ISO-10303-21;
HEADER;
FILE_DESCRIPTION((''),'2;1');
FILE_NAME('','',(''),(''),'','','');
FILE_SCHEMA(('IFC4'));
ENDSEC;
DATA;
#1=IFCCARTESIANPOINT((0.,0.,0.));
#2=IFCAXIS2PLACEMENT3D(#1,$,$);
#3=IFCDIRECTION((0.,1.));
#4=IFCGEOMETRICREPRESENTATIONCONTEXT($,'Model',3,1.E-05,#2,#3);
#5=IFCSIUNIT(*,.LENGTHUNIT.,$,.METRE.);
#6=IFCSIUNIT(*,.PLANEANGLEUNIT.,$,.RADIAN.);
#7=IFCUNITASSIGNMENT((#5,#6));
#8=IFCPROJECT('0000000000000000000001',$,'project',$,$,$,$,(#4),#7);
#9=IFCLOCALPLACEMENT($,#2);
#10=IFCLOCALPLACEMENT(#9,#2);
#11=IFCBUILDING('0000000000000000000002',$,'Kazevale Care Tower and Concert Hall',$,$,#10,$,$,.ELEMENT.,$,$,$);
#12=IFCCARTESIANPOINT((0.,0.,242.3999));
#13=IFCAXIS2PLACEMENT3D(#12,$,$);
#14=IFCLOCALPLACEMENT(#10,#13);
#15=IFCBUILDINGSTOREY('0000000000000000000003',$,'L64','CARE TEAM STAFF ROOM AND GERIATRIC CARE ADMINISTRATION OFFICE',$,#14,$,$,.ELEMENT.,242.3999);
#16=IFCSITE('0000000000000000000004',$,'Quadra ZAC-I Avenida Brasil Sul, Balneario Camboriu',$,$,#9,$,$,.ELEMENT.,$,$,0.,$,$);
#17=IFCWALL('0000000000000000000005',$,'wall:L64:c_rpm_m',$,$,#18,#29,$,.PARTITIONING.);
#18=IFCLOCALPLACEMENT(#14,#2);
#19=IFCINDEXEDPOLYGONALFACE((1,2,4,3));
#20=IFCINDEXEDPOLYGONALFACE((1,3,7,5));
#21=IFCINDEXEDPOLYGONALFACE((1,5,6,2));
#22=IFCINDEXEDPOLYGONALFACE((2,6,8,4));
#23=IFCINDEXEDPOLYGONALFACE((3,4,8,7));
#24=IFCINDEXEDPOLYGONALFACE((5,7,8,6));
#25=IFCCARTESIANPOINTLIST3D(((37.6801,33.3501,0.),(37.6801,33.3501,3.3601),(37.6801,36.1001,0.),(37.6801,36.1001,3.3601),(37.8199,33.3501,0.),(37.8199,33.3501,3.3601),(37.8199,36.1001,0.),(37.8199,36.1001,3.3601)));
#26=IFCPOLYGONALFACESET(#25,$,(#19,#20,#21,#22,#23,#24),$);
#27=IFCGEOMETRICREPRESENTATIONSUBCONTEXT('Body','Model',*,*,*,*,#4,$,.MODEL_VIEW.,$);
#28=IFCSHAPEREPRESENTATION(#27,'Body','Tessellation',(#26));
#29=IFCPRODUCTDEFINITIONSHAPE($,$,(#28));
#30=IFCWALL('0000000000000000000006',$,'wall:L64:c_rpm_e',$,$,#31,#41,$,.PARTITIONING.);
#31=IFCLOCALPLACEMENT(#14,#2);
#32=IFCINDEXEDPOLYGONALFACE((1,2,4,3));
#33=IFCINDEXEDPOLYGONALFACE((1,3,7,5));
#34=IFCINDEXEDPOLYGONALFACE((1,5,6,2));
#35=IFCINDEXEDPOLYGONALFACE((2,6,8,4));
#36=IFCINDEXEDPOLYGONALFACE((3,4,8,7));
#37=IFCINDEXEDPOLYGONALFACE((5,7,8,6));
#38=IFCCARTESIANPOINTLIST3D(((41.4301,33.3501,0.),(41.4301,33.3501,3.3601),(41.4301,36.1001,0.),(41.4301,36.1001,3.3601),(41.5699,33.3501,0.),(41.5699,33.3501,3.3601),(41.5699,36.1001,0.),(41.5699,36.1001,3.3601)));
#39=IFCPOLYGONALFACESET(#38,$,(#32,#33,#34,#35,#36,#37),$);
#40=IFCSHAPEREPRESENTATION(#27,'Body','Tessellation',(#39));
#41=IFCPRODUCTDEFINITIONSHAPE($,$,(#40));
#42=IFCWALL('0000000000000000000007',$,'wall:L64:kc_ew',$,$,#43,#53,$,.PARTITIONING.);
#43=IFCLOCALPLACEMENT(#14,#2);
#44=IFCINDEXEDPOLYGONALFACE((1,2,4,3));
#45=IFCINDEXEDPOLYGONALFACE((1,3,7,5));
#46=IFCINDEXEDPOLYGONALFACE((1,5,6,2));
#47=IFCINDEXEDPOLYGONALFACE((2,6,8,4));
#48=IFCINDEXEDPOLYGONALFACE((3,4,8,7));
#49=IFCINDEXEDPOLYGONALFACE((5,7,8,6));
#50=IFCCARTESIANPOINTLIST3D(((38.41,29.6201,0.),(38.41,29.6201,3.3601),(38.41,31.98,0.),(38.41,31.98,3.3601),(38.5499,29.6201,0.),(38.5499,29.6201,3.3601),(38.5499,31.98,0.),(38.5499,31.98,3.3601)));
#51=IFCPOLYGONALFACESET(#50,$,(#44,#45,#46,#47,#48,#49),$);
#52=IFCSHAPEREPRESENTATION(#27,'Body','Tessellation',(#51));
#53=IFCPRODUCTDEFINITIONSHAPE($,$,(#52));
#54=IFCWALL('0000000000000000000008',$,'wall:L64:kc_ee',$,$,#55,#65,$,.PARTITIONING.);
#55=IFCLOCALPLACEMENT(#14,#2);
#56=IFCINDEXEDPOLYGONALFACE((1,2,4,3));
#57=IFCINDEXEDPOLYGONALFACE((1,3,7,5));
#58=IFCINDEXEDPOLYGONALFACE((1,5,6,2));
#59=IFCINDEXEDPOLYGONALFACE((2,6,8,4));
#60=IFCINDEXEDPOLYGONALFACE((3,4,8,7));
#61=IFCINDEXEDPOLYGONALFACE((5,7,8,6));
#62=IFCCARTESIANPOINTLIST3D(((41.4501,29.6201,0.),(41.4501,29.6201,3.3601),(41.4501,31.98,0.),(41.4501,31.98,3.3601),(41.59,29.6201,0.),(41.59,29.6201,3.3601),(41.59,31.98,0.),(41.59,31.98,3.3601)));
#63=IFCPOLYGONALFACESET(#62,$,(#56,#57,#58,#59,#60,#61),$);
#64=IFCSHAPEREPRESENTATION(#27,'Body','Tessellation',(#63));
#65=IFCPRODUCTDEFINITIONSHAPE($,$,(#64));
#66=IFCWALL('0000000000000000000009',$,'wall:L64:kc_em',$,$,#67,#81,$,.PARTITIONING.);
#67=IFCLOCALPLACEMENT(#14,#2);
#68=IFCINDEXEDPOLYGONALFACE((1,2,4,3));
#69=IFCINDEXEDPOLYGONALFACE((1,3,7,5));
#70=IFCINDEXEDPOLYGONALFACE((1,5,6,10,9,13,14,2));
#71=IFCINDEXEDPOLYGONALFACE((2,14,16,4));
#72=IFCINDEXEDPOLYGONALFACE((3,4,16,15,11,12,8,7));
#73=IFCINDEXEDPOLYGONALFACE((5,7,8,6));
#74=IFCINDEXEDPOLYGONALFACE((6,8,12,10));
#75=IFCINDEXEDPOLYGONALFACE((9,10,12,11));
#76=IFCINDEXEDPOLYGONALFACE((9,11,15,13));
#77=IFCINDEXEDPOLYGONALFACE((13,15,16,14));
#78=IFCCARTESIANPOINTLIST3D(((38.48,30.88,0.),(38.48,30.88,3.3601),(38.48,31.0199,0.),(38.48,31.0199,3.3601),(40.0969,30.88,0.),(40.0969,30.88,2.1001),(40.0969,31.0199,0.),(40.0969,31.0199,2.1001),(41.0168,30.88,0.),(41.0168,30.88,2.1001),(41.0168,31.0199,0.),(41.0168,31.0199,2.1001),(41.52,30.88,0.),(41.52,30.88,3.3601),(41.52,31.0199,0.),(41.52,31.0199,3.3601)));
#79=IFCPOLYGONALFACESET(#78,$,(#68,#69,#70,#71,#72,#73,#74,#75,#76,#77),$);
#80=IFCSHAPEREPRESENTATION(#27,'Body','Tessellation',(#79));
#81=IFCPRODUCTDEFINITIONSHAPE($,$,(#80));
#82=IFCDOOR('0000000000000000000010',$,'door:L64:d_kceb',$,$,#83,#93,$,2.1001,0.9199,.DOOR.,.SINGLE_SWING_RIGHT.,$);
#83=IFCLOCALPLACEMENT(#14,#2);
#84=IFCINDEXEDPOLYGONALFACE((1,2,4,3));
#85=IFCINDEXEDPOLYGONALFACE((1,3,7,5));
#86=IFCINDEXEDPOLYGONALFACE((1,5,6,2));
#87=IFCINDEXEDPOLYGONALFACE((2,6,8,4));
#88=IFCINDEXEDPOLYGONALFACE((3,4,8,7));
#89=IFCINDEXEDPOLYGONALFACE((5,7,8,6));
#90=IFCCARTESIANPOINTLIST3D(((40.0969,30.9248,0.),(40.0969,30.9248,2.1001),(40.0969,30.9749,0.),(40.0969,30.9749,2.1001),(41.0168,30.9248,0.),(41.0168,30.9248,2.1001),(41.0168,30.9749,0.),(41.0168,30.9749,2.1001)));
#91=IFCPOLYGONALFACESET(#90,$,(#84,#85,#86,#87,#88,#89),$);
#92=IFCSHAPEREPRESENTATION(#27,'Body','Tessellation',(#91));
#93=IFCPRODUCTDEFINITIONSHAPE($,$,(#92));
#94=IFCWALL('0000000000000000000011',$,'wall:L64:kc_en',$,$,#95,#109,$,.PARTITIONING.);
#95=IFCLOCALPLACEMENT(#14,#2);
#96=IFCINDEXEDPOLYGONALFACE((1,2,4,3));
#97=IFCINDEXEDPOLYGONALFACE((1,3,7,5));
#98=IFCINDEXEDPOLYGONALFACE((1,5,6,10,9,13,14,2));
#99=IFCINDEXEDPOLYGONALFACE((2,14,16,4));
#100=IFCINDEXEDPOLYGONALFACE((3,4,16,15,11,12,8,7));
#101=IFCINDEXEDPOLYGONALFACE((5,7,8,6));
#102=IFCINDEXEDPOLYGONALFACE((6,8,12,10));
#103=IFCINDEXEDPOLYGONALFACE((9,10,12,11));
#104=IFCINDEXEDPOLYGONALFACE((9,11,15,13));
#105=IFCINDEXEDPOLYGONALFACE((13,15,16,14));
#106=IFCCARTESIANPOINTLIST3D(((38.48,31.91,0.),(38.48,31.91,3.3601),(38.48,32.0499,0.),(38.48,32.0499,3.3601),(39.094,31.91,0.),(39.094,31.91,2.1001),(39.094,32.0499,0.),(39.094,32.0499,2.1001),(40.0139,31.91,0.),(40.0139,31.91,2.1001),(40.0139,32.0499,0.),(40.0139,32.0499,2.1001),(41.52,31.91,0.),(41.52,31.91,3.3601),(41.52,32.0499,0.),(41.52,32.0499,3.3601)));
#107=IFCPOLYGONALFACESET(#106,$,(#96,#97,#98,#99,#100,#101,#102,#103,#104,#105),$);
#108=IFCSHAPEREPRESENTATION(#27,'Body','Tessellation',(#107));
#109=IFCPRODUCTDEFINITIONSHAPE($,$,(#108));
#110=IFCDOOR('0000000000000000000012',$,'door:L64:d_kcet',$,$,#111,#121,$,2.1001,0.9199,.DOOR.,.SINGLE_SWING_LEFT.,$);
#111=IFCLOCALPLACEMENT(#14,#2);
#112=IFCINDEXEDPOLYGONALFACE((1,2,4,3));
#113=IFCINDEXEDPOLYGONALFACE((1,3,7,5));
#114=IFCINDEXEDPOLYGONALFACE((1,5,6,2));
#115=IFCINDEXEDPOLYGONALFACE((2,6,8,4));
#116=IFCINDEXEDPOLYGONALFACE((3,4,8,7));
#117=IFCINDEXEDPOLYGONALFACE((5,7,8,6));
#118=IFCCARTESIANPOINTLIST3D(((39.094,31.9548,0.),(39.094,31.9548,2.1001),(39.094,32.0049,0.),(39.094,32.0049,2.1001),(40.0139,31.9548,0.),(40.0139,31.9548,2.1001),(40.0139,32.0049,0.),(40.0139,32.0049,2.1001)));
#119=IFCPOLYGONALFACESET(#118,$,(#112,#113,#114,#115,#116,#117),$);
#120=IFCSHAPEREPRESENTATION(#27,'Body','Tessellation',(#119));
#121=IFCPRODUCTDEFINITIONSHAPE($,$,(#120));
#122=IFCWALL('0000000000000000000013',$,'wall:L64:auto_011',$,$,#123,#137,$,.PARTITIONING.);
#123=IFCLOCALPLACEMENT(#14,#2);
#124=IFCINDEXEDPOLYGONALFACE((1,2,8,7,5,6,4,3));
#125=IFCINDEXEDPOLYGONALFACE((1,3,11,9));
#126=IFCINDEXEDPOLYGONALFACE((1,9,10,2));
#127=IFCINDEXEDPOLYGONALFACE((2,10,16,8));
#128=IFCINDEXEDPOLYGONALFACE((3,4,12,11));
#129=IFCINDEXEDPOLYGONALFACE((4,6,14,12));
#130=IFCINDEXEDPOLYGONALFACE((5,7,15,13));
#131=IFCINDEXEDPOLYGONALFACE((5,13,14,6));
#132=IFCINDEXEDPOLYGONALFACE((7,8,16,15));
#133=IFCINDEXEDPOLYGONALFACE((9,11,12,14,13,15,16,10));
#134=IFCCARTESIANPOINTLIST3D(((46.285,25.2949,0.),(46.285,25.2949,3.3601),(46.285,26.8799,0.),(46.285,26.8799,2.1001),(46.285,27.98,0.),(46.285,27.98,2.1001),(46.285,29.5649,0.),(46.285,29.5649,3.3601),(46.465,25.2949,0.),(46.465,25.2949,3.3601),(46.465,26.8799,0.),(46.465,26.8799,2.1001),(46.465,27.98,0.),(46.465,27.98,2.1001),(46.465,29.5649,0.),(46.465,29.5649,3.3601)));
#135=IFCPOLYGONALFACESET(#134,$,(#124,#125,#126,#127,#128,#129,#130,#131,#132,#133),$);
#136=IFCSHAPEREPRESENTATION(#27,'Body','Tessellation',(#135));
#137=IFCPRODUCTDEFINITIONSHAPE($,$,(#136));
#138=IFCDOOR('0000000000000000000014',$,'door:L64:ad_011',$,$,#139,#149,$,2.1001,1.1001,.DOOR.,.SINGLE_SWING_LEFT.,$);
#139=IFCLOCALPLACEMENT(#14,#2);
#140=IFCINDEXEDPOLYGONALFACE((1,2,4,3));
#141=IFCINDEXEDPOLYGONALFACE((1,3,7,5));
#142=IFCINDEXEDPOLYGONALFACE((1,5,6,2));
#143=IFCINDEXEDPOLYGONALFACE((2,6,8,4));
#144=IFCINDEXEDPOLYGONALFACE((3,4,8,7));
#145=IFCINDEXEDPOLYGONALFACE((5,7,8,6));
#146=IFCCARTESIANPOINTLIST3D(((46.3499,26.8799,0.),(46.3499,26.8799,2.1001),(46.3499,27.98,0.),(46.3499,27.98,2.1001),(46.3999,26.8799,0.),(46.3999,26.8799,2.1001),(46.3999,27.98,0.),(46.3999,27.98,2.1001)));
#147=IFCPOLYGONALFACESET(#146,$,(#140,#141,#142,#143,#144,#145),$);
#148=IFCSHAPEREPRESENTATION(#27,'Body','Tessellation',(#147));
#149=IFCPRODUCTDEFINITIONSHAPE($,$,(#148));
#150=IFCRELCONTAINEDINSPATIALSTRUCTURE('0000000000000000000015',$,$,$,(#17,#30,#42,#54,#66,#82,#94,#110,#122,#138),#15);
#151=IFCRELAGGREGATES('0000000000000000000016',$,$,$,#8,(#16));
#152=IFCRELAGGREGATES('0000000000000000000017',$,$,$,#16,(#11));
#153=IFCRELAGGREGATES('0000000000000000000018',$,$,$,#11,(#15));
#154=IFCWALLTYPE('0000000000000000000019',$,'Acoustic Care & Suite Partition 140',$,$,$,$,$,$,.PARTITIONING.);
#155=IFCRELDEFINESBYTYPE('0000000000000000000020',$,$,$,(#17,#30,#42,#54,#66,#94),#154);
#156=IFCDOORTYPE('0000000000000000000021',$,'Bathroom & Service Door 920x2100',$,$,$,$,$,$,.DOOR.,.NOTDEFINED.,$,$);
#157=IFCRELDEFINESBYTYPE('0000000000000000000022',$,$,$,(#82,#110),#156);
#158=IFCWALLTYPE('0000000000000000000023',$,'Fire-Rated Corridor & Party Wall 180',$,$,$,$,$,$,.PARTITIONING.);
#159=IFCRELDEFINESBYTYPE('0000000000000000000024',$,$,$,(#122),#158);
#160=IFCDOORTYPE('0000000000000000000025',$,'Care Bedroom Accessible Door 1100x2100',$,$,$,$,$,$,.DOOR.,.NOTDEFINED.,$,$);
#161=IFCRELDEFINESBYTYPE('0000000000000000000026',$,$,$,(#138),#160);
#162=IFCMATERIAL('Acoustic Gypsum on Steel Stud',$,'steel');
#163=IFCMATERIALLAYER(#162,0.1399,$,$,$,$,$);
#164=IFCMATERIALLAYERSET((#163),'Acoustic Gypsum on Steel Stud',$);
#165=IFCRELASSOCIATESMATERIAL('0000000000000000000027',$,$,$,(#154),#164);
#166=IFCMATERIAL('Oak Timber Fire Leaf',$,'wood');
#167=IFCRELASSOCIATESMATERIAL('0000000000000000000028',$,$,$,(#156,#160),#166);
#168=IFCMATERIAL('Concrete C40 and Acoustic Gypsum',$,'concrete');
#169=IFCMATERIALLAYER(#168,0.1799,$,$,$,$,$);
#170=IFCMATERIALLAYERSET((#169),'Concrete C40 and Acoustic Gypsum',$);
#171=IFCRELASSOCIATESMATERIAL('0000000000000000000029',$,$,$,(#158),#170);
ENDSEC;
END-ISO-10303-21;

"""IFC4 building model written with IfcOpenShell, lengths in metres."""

from ifc_helpers import new_model, si_unit, direction, frame, frame_2d, origin, place, context, subcontext, project, spatial, rectangle, extrude, material, layer, layer_set, type_object, element, fill, save


model = new_model("IFC4")

# Units and contexts
model_context = context("Model", 3, precision=1e-05, world=origin(), true_north=direction((0.0, 1.0)))
body_context = subcontext(model_context, "Body", "Model", "MODEL_VIEW")
ifc_project = project(units=[si_unit("LENGTHUNIT", "METRE"), si_unit("PLANEANGLEUNIT", "RADIAN")], contexts=[model_context])

# Site, building, storey
site_placement = place(None, origin())
site = spatial("IfcSite", under=ifc_project, at=site_placement, Name="Quadra ZAC-I Avenida Brasil Sul, Balneario Camboriu", CompositionType="ELEMENT", RefElevation=0.0)
building_placement = place(site_placement, origin())
building = spatial("IfcBuilding", under=site, at=building_placement, Name="Kazevale Care Tower and Concert Hall", CompositionType="ELEMENT")
storey_placement = place(building_placement, frame((0.0, 0.0, 242.3999)))
storey = spatial("IfcBuildingStorey", under=building, at=storey_placement, Name="L64", Description="CARE TEAM STAFF ROOM AND GERIATRIC CARE ADMINISTRATION OFFICE", CompositionType="ELEMENT", Elevation=242.3999)

# Shared definitions
ifc_material_1 = material(Name="Acoustic Gypsum on Steel Stud", Category="steel")
ifc_layer_1 = layer(ifc_material_1, 0.1399)
ifc_layer_set_1 = layer_set([ifc_layer_1], Name="Acoustic Gypsum on Steel Stud")
wall_type_1 = type_object("IfcWallType", Name="Acoustic Care & Suite Partition 140", PredefinedType="PARTITIONING", material=ifc_layer_set_1)
ifc_material_2 = material(Name="Oak Timber Fire Leaf", Category="wood")
door_type_1 = type_object("IfcDoorType", Name="Bathroom & Service Door 920x2100", OperationType="NOTDEFINED", PredefinedType="DOOR", material=ifc_material_2)

# Walls
for number, where, z_axis, x_axis, name in (
    (1, (37.75, 33.3501, 0.0), (0.0, 0.0, 1.0), (0.0, 1.0, 0.0), "wall:L64:c_rpm_m"),
    (2, (41.5, 33.3501, 0.0), (0.0, 0.0, 1.0), (0.0, 1.0, 0.0), "wall:L64:c_rpm_e"),
):
    element("IfcWall", number, at=place(storey_placement, frame(where, z_axis=z_axis, x_axis=x_axis)), inside=storey, type_object=wall_type_1, Name=name, PredefinedType="PARTITIONING", context=body_context, shape_type="SweptSolid", body=[
        extrude(rectangle(XDim=2.75, YDim=0.1399, at=frame_2d((1.375, 0.0))), origin(), (0.0, 0.0, 1.0), 3.3601),
    ])
for number, where, z_axis, x_axis, name in (
    (3, (38.48, 29.6201, 0.0), (0.0, 0.0, 1.0), (0.0, 1.0, 0.0), "wall:L64:kc_ew"),
    (4, (41.52, 29.6201, 0.0), (0.0, 0.0, 1.0), (0.0, 1.0, 0.0), "wall:L64:kc_ee"),
):
    element("IfcWall", number, at=place(storey_placement, frame(where, z_axis=z_axis, x_axis=x_axis)), inside=storey, type_object=wall_type_1, Name=name, PredefinedType="PARTITIONING", context=body_context, shape_type="SweptSolid", body=[
        extrude(rectangle(XDim=2.3599, YDim=0.1399, at=frame_2d((1.1799, 0.0))), origin(), (0.0, 0.0, 1.0), 3.3601),
    ])

# Walls, openings, doors
wall_1_placement = place(storey_placement, frame((38.48, 30.95, 0.0), z_axis=(0.0, 0.0, 1.0), x_axis=(1.0, 0.0, 0.0)))
wall_1 = element("IfcWall", 5, at=wall_1_placement, inside=storey, type_object=wall_type_1, Name="wall:L64:kc_em", PredefinedType="PARTITIONING", context=body_context, shape_type="SweptSolid", body=[
    extrude(rectangle(XDim=3.04, YDim=0.1399, at=frame_2d((1.52, 0.0))), origin(), (0.0, 0.0, 1.0), 3.3601),
])
opening_1_placement = place(wall_1_placement, frame((1.6169, 0.0, 0.0)))
opening_1 = element("IfcOpeningElement", 6, at=opening_1_placement, cuts=wall_1, PredefinedType="OPENING", context=body_context, shape_type="SweptSolid", body=[
    extrude(rectangle(XDim=0.9199, YDim=2.1001, at=frame_2d((0.46, 1.05))), frame((0.0, 0.0798, 0.0), z_axis=(0.0, -1.0, 0.0), x_axis=(1.0, 0.0, 0.0)), (0.0, 0.0, 1.0), 0.1599),
])
door_1_placement = place(opening_1_placement, origin())
door_1 = element("IfcDoor", 7, at=door_1_placement, inside=storey, type_object=door_type_1, Name="door:L64:d_kceb", OperationType="SINGLE_SWING_RIGHT", OverallHeight=2.1001, OverallWidth=0.9199, PredefinedType="DOOR", context=body_context, shape_type="SweptSolid", body=[
    extrude(rectangle(XDim=0.9199, YDim=2.1001, at=frame_2d((0.46, 1.05))), frame((0.0, 0.0249, 0.0), z_axis=(0.0, -1.0, 0.0), x_axis=(1.0, 0.0, 0.0)), (0.0, 0.0, 1.0), 0.05),
])
fill(opening_1, door_1)
wall_2_placement = place(storey_placement, frame((38.48, 31.98, 0.0), z_axis=(0.0, 0.0, 1.0), x_axis=(1.0, 0.0, 0.0)))
wall_2 = element("IfcWall", 8, at=wall_2_placement, inside=storey, type_object=wall_type_1, Name="wall:L64:kc_en", PredefinedType="PARTITIONING", context=body_context, shape_type="SweptSolid", body=[
    extrude(rectangle(XDim=3.04, YDim=0.1399, at=frame_2d((1.52, 0.0))), origin(), (0.0, 0.0, 1.0), 3.3601),
])
opening_2_placement = place(wall_2_placement, frame((0.614, 0.0, 0.0)))
opening_2 = element("IfcOpeningElement", 9, at=opening_2_placement, cuts=wall_2, PredefinedType="OPENING", context=body_context, shape_type="SweptSolid", body=[
    extrude(rectangle(XDim=0.9199, YDim=2.1001, at=frame_2d((0.46, 1.05))), frame((0.0, 0.0798, 0.0), z_axis=(0.0, -1.0, 0.0), x_axis=(1.0, 0.0, 0.0)), (0.0, 0.0, 1.0), 0.1599),
])
door_2_placement = place(opening_2_placement, origin())
door_2 = element("IfcDoor", 10, at=door_2_placement, inside=storey, type_object=door_type_1, Name="door:L64:d_kcet", OperationType="SINGLE_SWING_LEFT", OverallHeight=2.1001, OverallWidth=0.9199, PredefinedType="DOOR", context=body_context, shape_type="SweptSolid", body=[
    extrude(rectangle(XDim=0.9199, YDim=2.1001, at=frame_2d((0.46, 1.05))), frame((0.0, 0.0249, 0.0), z_axis=(0.0, -1.0, 0.0), x_axis=(1.0, 0.0, 0.0)), (0.0, 0.0, 1.0), 0.05),
])
fill(opening_2, door_2)
ifc_material_3 = material(Name="Concrete C40 and Acoustic Gypsum", Category="concrete")
ifc_layer_2 = layer(ifc_material_3, 0.1799)
ifc_layer_set_2 = layer_set([ifc_layer_2], Name="Concrete C40 and Acoustic Gypsum")
wall_type_2 = type_object("IfcWallType", Name="Fire-Rated Corridor & Party Wall 180", PredefinedType="PARTITIONING", material=ifc_layer_set_2)
wall_3_placement = place(storey_placement, frame((46.375, 29.5649, 0.0), z_axis=(0.0, 0.0, 1.0), x_axis=(0.0, -1.0, 0.0)))
wall_3 = element("IfcWall", 11, at=wall_3_placement, inside=storey, type_object=wall_type_2, Name="wall:L64:auto_011", PredefinedType="PARTITIONING", context=body_context, shape_type="SweptSolid", body=[
    extrude(rectangle(XDim=4.27, YDim=0.1799, at=frame_2d((2.135, 0.0))), origin(), (0.0, 0.0, 1.0), 3.3601),
])
opening_3_placement = place(wall_3_placement, frame((1.585, 0.0, 0.0)))
opening_3 = element("IfcOpeningElement", 12, at=opening_3_placement, cuts=wall_3, PredefinedType="OPENING", context=body_context, shape_type="SweptSolid", body=[
    extrude(rectangle(XDim=1.1001, YDim=2.1001, at=frame_2d((0.55, 1.05))), frame((0.0, 0.0999, 0.0), z_axis=(0.0, -1.0, 0.0), x_axis=(1.0, 0.0, 0.0)), (0.0, 0.0, 1.0), 0.2),
])
door_type_2 = type_object("IfcDoorType", Name="Care Bedroom Accessible Door 1100x2100", OperationType="NOTDEFINED", PredefinedType="DOOR", material=ifc_material_2)
door_3_placement = place(opening_3_placement, origin())
door_3 = element("IfcDoor", 13, at=door_3_placement, inside=storey, type_object=door_type_2, Name="door:L64:ad_011", OperationType="SINGLE_SWING_LEFT", OverallHeight=2.1001, OverallWidth=1.1001, PredefinedType="DOOR", context=body_context, shape_type="SweptSolid", body=[
    extrude(rectangle(XDim=1.1001, YDim=2.1001, at=frame_2d((0.55, 1.05))), frame((0.0, 0.0249, 0.0), z_axis=(0.0, -1.0, 0.0), x_axis=(1.0, 0.0, 0.0)), (0.0, 0.0, 1.0), 0.05),
])
fill(opening_3, door_3)

save(model, "model.ifc")
